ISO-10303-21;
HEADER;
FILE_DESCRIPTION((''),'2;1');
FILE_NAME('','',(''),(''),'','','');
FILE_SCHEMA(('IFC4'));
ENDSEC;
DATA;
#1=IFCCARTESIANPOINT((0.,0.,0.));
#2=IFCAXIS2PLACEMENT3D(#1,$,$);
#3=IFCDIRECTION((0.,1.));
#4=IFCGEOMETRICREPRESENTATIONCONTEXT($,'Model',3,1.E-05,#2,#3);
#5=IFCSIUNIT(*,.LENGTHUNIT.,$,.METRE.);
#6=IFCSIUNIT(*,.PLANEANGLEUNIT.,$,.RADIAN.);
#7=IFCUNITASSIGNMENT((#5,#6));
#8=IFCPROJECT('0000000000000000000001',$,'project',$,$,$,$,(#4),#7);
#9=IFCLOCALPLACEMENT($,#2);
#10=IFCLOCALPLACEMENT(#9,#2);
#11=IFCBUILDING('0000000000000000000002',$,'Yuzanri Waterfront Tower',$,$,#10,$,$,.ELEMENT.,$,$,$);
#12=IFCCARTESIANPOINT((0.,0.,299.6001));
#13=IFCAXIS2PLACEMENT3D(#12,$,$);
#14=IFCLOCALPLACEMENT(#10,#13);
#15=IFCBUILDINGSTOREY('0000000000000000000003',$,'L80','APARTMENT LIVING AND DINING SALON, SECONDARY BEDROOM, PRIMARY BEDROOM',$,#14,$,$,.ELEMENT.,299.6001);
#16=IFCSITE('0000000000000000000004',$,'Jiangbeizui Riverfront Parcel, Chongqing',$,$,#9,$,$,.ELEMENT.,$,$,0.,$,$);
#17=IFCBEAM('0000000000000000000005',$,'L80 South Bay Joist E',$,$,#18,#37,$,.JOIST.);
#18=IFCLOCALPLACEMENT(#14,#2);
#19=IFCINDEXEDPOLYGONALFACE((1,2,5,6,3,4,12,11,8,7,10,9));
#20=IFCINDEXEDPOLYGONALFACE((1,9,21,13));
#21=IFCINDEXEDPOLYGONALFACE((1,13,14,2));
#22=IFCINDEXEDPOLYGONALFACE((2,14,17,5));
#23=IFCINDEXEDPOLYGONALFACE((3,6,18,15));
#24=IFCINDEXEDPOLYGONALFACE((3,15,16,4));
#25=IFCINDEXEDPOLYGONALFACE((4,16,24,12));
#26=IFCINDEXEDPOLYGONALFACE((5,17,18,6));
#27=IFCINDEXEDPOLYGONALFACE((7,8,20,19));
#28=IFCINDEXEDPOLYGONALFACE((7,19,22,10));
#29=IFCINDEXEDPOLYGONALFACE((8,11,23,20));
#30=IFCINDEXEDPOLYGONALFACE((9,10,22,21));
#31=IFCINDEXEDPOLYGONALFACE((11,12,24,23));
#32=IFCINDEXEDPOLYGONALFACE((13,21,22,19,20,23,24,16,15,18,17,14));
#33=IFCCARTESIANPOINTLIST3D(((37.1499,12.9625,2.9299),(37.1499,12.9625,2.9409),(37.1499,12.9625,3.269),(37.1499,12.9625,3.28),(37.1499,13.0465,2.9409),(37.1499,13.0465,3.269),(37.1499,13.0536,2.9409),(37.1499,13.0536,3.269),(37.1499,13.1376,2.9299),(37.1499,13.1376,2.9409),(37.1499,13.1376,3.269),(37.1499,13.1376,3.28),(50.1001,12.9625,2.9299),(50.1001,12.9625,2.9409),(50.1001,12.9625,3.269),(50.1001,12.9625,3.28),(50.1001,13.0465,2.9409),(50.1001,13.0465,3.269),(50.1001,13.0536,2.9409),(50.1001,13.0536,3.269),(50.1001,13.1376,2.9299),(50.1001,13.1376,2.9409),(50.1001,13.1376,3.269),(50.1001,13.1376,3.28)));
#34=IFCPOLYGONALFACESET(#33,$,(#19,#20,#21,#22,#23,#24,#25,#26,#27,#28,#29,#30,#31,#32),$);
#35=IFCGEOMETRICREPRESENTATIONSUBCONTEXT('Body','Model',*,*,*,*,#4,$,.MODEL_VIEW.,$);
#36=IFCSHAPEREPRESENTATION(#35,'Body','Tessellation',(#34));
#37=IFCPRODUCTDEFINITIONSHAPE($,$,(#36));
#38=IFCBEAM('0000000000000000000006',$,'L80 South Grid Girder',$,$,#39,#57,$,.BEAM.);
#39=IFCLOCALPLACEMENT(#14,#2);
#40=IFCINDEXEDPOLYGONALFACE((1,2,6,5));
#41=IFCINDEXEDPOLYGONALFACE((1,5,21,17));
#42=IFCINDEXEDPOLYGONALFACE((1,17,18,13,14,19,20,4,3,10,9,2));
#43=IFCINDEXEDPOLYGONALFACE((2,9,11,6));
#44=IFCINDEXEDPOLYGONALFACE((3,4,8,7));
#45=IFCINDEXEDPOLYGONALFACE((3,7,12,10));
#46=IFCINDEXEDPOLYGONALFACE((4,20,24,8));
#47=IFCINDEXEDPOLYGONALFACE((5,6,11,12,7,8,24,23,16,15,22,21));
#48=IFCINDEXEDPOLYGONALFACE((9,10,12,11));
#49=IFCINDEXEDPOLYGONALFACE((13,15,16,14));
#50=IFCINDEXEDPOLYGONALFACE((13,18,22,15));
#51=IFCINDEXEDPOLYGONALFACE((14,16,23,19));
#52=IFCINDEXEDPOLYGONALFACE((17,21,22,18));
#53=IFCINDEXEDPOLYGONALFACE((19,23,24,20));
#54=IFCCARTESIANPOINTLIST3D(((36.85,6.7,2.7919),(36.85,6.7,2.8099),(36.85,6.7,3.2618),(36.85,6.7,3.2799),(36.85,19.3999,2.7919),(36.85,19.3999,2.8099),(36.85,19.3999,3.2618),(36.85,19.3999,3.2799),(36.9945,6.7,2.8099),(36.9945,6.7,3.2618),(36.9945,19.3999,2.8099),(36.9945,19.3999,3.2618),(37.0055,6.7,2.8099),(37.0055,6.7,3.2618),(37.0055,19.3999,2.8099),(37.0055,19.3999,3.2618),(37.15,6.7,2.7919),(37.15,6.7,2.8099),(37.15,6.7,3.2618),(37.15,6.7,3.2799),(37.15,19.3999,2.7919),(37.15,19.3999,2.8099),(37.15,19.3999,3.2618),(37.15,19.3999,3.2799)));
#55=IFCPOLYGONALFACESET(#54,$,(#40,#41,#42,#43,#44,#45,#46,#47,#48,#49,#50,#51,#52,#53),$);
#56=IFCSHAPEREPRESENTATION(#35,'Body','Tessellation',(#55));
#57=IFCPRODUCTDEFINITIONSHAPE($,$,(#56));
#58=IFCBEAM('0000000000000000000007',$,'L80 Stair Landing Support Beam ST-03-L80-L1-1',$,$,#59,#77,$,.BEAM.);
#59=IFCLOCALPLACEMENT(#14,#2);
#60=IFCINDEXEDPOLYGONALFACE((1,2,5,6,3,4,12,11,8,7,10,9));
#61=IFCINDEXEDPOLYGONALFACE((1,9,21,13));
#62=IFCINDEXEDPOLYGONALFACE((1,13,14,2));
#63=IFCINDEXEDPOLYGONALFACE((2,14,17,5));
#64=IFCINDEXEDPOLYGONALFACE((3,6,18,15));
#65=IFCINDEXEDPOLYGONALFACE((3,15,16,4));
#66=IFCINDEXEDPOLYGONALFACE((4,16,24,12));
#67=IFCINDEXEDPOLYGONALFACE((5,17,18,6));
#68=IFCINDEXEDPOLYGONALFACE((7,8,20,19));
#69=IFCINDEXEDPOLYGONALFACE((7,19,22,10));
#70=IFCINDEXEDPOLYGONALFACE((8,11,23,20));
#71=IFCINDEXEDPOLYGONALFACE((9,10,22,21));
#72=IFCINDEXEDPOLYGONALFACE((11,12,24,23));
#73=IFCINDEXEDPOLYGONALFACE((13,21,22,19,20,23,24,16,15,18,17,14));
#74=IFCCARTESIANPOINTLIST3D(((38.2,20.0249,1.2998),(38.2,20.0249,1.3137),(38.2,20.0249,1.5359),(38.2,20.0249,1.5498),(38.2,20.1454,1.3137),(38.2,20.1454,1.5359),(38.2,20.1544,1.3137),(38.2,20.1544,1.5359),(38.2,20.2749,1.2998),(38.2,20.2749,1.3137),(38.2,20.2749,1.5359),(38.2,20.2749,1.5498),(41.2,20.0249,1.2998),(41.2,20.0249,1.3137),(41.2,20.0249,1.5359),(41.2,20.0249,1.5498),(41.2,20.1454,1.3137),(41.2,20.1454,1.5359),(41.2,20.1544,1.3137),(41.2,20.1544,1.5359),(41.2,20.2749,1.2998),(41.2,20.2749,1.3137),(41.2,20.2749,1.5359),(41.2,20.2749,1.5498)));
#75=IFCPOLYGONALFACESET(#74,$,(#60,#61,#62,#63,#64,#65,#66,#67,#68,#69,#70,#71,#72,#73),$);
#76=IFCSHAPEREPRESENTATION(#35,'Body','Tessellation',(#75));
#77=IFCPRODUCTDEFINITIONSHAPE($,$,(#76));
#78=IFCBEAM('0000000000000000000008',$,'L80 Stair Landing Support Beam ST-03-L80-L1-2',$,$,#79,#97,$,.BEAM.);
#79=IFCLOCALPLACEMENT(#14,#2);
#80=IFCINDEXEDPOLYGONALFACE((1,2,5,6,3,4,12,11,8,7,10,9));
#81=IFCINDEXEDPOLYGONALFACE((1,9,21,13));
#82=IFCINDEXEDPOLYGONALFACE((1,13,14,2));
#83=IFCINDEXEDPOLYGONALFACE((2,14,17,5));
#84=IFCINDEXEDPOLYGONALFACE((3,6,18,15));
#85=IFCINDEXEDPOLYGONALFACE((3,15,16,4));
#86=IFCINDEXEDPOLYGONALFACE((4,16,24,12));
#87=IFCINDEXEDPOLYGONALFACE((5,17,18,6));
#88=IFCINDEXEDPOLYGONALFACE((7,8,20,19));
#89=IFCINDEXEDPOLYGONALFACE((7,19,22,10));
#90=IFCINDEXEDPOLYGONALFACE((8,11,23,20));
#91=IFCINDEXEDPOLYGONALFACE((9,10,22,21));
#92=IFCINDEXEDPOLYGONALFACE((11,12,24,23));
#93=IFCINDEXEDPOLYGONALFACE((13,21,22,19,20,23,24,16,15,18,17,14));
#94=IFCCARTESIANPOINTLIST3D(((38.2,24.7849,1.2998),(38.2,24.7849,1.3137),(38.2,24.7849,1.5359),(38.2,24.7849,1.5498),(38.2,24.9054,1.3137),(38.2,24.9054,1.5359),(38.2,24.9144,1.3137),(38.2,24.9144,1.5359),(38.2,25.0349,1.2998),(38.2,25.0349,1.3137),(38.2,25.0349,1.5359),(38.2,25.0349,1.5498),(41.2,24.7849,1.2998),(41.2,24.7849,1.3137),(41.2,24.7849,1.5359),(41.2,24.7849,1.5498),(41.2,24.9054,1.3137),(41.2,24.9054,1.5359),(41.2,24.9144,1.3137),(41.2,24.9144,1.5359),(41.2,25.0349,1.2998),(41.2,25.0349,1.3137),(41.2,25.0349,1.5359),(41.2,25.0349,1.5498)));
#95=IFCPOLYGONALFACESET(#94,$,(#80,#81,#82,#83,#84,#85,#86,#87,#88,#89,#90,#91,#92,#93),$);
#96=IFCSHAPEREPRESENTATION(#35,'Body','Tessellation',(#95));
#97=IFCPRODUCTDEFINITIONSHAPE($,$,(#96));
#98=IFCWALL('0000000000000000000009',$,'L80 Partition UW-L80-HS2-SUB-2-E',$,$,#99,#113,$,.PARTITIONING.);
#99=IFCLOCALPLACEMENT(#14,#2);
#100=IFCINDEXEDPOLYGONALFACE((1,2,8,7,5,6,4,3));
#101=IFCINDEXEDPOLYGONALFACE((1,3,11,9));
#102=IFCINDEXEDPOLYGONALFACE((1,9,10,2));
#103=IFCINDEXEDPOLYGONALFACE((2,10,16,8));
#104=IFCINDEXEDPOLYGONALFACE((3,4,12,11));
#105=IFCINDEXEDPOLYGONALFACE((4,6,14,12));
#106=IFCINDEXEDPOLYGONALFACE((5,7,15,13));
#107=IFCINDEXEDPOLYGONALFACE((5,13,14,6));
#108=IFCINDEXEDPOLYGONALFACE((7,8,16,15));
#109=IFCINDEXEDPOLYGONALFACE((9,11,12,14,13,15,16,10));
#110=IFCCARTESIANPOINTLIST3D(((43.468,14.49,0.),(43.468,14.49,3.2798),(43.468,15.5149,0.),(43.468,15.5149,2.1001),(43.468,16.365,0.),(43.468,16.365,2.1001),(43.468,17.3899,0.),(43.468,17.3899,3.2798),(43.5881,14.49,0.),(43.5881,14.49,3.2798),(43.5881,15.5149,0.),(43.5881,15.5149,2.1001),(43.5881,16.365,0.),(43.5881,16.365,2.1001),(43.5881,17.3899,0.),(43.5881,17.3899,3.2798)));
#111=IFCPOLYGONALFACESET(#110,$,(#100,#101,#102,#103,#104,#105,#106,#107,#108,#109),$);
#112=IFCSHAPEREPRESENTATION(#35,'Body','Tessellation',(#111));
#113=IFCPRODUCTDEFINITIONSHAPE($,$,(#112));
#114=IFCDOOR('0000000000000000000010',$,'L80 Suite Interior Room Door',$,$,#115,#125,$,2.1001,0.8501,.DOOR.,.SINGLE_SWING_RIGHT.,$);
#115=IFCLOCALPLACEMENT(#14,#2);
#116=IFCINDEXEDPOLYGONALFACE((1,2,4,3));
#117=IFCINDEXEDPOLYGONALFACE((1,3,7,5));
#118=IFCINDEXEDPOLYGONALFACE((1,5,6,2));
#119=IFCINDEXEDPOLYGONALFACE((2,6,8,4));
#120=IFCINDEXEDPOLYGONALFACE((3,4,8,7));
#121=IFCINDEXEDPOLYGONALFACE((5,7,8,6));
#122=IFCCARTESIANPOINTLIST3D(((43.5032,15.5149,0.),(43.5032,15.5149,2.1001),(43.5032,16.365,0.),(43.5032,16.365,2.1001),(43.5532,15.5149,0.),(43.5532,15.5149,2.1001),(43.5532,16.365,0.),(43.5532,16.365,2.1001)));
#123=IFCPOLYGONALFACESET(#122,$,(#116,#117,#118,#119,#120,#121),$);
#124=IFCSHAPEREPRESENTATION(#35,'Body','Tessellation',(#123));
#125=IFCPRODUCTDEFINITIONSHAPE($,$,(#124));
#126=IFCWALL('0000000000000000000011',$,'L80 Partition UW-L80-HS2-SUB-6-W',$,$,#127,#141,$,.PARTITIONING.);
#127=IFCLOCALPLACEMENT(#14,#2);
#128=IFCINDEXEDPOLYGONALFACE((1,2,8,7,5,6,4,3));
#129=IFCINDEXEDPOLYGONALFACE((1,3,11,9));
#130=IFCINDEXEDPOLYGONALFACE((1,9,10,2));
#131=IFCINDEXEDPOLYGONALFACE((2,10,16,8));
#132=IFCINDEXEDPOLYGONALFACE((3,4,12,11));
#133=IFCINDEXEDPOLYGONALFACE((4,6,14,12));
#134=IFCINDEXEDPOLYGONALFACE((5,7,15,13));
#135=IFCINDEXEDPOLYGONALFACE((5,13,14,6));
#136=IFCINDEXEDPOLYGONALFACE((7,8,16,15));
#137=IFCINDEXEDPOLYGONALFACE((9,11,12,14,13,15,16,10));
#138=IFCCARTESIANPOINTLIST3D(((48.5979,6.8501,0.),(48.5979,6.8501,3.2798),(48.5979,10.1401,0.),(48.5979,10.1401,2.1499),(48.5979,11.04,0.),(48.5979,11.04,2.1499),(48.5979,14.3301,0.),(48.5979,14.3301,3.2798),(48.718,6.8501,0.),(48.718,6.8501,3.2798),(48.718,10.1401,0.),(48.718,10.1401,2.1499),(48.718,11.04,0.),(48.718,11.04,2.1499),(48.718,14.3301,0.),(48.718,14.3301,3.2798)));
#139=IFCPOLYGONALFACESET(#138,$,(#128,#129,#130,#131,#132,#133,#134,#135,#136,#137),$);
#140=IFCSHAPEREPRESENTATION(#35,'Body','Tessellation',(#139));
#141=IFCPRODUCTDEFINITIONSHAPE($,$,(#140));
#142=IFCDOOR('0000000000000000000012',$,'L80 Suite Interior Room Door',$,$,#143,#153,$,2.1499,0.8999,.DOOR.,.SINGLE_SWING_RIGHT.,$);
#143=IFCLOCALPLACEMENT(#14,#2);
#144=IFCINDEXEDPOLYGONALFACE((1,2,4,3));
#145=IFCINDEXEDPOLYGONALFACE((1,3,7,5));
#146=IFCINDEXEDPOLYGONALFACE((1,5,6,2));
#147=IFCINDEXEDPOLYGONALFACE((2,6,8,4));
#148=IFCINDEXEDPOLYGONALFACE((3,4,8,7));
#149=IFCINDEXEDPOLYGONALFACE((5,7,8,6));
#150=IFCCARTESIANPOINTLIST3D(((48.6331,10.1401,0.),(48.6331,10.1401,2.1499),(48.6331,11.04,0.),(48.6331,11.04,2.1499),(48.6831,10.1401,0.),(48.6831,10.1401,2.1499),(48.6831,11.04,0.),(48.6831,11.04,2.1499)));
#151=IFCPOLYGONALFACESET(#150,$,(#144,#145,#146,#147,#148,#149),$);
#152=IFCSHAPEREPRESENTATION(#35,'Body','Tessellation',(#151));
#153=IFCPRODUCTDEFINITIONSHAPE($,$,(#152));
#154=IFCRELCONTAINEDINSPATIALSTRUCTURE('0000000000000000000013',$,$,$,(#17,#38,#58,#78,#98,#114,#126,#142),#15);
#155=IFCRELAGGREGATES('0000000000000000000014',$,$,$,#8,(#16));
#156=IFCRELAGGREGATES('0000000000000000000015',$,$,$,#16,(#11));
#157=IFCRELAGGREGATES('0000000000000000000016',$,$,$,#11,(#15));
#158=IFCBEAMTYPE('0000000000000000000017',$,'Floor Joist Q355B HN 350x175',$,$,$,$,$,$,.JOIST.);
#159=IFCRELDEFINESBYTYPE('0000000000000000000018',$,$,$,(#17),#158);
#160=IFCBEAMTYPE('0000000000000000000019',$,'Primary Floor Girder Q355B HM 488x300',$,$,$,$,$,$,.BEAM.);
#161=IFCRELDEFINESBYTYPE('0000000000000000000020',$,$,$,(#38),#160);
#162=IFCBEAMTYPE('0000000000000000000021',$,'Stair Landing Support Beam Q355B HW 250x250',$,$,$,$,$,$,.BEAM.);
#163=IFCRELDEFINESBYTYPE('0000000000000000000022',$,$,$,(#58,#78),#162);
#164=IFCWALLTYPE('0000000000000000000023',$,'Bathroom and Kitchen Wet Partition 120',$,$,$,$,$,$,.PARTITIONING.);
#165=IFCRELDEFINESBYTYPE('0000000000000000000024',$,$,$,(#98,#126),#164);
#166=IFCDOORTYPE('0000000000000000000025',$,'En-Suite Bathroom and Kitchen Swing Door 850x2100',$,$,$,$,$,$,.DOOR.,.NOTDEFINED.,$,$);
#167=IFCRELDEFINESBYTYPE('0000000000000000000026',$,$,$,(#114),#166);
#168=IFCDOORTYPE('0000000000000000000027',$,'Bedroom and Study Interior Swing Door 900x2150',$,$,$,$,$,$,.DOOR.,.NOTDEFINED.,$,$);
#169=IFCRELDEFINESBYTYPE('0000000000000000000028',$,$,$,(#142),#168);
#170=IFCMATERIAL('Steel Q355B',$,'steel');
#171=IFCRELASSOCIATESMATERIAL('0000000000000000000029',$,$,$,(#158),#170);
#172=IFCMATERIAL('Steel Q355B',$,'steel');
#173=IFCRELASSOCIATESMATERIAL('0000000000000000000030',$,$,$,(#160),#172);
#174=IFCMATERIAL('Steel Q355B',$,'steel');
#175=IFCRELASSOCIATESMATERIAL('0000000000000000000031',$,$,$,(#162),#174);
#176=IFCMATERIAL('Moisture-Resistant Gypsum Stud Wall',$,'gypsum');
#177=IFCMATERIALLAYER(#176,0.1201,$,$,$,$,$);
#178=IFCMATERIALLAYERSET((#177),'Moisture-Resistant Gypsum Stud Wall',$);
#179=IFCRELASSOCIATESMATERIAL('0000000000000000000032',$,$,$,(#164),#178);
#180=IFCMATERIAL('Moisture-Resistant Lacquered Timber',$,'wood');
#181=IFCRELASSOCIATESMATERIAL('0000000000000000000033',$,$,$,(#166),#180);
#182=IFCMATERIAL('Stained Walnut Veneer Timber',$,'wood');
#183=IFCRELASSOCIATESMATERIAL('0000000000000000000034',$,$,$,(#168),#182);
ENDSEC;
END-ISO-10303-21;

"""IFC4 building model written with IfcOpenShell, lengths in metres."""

from ifc_helpers import new_model, si_unit, direction, frame, frame_2d, origin, origin_2d, place, context, subcontext, project, spatial, rectangle, i_section, extrude, source, transform, mapped, material, layer, layer_set, material_profile, profile_set, type_object, element, fill, save


model = new_model("IFC4")

# Units and contexts
model_context = context("Model", 3, precision=1e-05, world=origin(), true_north=direction((0.0, 1.0)))
body_context = subcontext(model_context, "Body", "Model", "MODEL_VIEW")
ifc_project = project(units=[si_unit("LENGTHUNIT", "METRE"), si_unit("PLANEANGLEUNIT", "RADIAN")], contexts=[model_context])

# Site, building, storey
site_placement = place(None, origin())
site = spatial("IfcSite", under=ifc_project, at=site_placement, Name="Jiangbeizui Riverfront Parcel, Chongqing", CompositionType="ELEMENT", RefElevation=0.0)
building_placement = place(site_placement, origin())
building = spatial("IfcBuilding", under=site, at=building_placement, Name="Yuzanri Waterfront Tower", CompositionType="ELEMENT")
storey_placement = place(building_placement, frame((0.0, 0.0, 299.6001)))
storey = spatial("IfcBuildingStorey", under=building, at=storey_placement, Name="L80", Description="APARTMENT LIVING AND DINING SALON, SECONDARY BEDROOM, PRIMARY BEDROOM", CompositionType="ELEMENT", Elevation=299.6001)

# Beams
ifc_material_1 = material(Name="Steel Q355B", Category="steel")
ifc_material_profile_1 = material_profile(ifc_material_1, i_section(OverallWidth=0.175, OverallDepth=0.3501, WebThickness=0.0071, FlangeThickness=0.011, at=origin_2d()), Name="HN 350x175x7x11")
ifc_profile_set_1 = profile_set([ifc_material_profile_1], Name="Steel Q355B")
beam_type_1 = type_object("IfcBeamType", Name="Floor Joist Q355B HN 350x175", PredefinedType="JOIST", material=ifc_profile_set_1)
shared_shape_1 = source(origin(), body_context, "Body", "SweptSolid", [
    extrude(i_section(OverallWidth=0.175, OverallDepth=0.3501, WebThickness=0.0071, FlangeThickness=0.011, at=origin_2d()), origin(), (0.0, 0.0, 1.0), 12.9502),
])
beam_1_placement = place(storey_placement, frame((37.1499, 13.05, 3.105), z_axis=(1.0, 0.0, 0.0), x_axis=(0.0, 1.0, 0.0)))
element("IfcBeam", 1, at=beam_1_placement, inside=storey, type_object=beam_type_1, Name="L80 South Bay Joist E", PredefinedType="JOIST", context=body_context, shape_type="MappedRepresentation", body=[
    mapped(shared_shape_1, transform((0.0, 0.0, 0.0), scale=1.0)),
])
ifc_material_2 = material(Name="Steel Q355B", Category="steel")
ifc_material_profile_2 = material_profile(ifc_material_2, i_section(OverallWidth=0.3, OverallDepth=0.488, WebThickness=0.011, FlangeThickness=0.0181, at=origin_2d()), Name="HM 488x300x11x18")
ifc_profile_set_2 = profile_set([ifc_material_profile_2], Name="Steel Q355B")
beam_type_2 = type_object("IfcBeamType", Name="Primary Floor Girder Q355B HM 488x300", PredefinedType="BEAM", material=ifc_profile_set_2)
shared_shape_2 = source(origin(), body_context, "Body", "SweptSolid", [
    extrude(i_section(OverallWidth=0.3, OverallDepth=0.488, WebThickness=0.011, FlangeThickness=0.0181, at=origin_2d()), origin(), (0.0, 0.0, 1.0), 12.7),
])
beam_2_placement = place(storey_placement, frame((37.0, 19.3999, 3.0359), z_axis=(0.0, -1.0, 0.0), x_axis=(1.0, 0.0, 0.0)))
element("IfcBeam", 2, at=beam_2_placement, inside=storey, type_object=beam_type_2, Name="L80 South Grid Girder", PredefinedType="BEAM", context=body_context, shape_type="MappedRepresentation", body=[
    mapped(shared_shape_2, transform((0.0, 0.0, 0.0), scale=1.0)),
])
ifc_material_3 = material(Name="Steel Q355B", Category="steel")
ifc_material_profile_3 = material_profile(ifc_material_3, i_section(OverallWidth=0.25, OverallDepth=0.25, WebThickness=0.009, FlangeThickness=0.0139, at=origin_2d()), Name="HW 250x250x9x14")
ifc_profile_set_3 = profile_set([ifc_material_profile_3], Name="Steel Q355B")
beam_type_3 = type_object("IfcBeamType", Name="Stair Landing Support Beam Q355B HW 250x250", PredefinedType="BEAM", material=ifc_profile_set_3)
shared_shape_3 = source(origin(), body_context, "Body", "SweptSolid", [
    extrude(i_section(OverallWidth=0.25, OverallDepth=0.25, WebThickness=0.009, FlangeThickness=0.0139, at=origin_2d()), origin(), (0.0, 0.0, 1.0), 3.0),
])
for number, where, z_axis, x_axis, name in (
    (3, (38.2, 20.1499, 1.4248), (1.0, 0.0, 0.0), (0.0, 1.0, 0.0), "L80 Stair Landing Support Beam ST-03-L80-L1-1"),
    (4, (38.2, 24.9099, 1.4248), (1.0, 0.0, 0.0), (0.0, 1.0, 0.0), "L80 Stair Landing Support Beam ST-03-L80-L1-2"),
):
    element("IfcBeam", number, at=place(storey_placement, frame(where, z_axis=z_axis, x_axis=x_axis)), inside=storey, type_object=beam_type_3, Name=name, PredefinedType="BEAM", context=body_context, shape_type="MappedRepresentation", body=[
        mapped(shared_shape_3, transform((0.0, 0.0, 0.0), scale=1.0)),
    ])

# Walls, openings, doors
ifc_material_4 = material(Name="Moisture-Resistant Gypsum Stud Wall", Category="gypsum")
ifc_layer_1 = layer(ifc_material_4, 0.1201)
ifc_layer_set_1 = layer_set([ifc_layer_1], Name="Moisture-Resistant Gypsum Stud Wall")
wall_type_1 = type_object("IfcWallType", Name="Bathroom and Kitchen Wet Partition 120", PredefinedType="PARTITIONING", material=ifc_layer_set_1)
wall_1_placement = place(storey_placement, frame((43.5281, 14.49, 0.0), z_axis=(0.0, 0.0, 1.0), x_axis=(0.0, 1.0, 0.0)))
wall_1 = element("IfcWall", 5, at=wall_1_placement, inside=storey, type_object=wall_type_1, Name="L80 Partition UW-L80-HS2-SUB-2-E", PredefinedType="PARTITIONING", context=body_context, shape_type="SweptSolid", body=[
    extrude(rectangle(XDim=2.8999, YDim=0.1201, at=frame_2d((1.45, 0.0))), origin(), (0.0, 0.0, 1.0), 3.2798),
])
opening_1_placement = place(wall_1_placement, frame((1.0249, 0.0, 0.0)))
opening_1 = element("IfcOpeningElement", 6, at=opening_1_placement, cuts=wall_1, PredefinedType="OPENING", context=body_context, shape_type="SweptSolid", body=[
    extrude(rectangle(XDim=0.8501, YDim=2.1001, at=frame_2d((0.425, 1.05))), frame((0.0, 0.075, 0.0), z_axis=(0.0, -1.0, 0.0), x_axis=(1.0, 0.0, 0.0)), (0.0, 0.0, 1.0), 0.1499),
])
ifc_material_5 = material(Name="Moisture-Resistant Lacquered Timber", Category="wood")
door_type_1 = type_object("IfcDoorType", Name="En-Suite Bathroom and Kitchen Swing Door 850x2100", OperationType="NOTDEFINED", PredefinedType="DOOR", material=ifc_material_5)
shared_shape_4 = source(origin(), body_context, "Body", "SweptSolid", [
    extrude(rectangle(XDim=0.8501, YDim=2.1001, at=frame_2d((0.425, 1.05))), frame((0.0, 0.0249, 0.0), z_axis=(0.0, -1.0, 0.0), x_axis=(1.0, 0.0, 0.0)), (0.0, 0.0, 1.0), 0.05),
])
door_1_placement = place(opening_1_placement, origin())
door_1 = element("IfcDoor", 7, at=door_1_placement, inside=storey, type_object=door_type_1, Name="L80 Suite Interior Room Door", OperationType="SINGLE_SWING_RIGHT", OverallHeight=2.1001, OverallWidth=0.8501, PredefinedType="DOOR", context=body_context, shape_type="MappedRepresentation", body=[
    mapped(shared_shape_4, transform((0.0, 0.0, 0.0), scale=1.0)),
])
fill(opening_1, door_1)
wall_2_placement = place(storey_placement, frame((48.658, 6.8501, 0.0), z_axis=(0.0, 0.0, 1.0), x_axis=(0.0, 1.0, 0.0)))
wall_2 = element("IfcWall", 8, at=wall_2_placement, inside=storey, type_object=wall_type_1, Name="L80 Partition UW-L80-HS2-SUB-6-W", PredefinedType="PARTITIONING", context=body_context, shape_type="SweptSolid", body=[
    extrude(rectangle(XDim=7.48, YDim=0.1201, at=frame_2d((3.74, 0.0))), origin(), (0.0, 0.0, 1.0), 3.2798),
])
opening_2_placement = place(wall_2_placement, frame((3.29, 0.0, 0.0)))
opening_2 = element("IfcOpeningElement", 9, at=opening_2_placement, cuts=wall_2, PredefinedType="OPENING", context=body_context, shape_type="SweptSolid", body=[
    extrude(rectangle(XDim=0.8999, YDim=2.1499, at=frame_2d((0.45, 1.075))), frame((0.0, 0.075, 0.0), z_axis=(0.0, -1.0, 0.0), x_axis=(1.0, 0.0, 0.0)), (0.0, 0.0, 1.0), 0.1499),
])
ifc_material_6 = material(Name="Stained Walnut Veneer Timber", Category="wood")
door_type_2 = type_object("IfcDoorType", Name="Bedroom and Study Interior Swing Door 900x2150", OperationType="NOTDEFINED", PredefinedType="DOOR", material=ifc_material_6)
shared_shape_5 = source(origin(), body_context, "Body", "SweptSolid", [
    extrude(rectangle(XDim=0.8999, YDim=2.1499, at=frame_2d((0.45, 1.075))), frame((0.0, 0.0249, 0.0), z_axis=(0.0, -1.0, 0.0), x_axis=(1.0, 0.0, 0.0)), (0.0, 0.0, 1.0), 0.05),
])
door_2_placement = place(opening_2_placement, origin())
door_2 = element("IfcDoor", 10, at=door_2_placement, inside=storey, type_object=door_type_2, Name="L80 Suite Interior Room Door", OperationType="SINGLE_SWING_RIGHT", OverallHeight=2.1499, OverallWidth=0.8999, PredefinedType="DOOR", context=body_context, shape_type="MappedRepresentation", body=[
    mapped(shared_shape_5, transform((0.0, 0.0, 0.0), scale=1.0)),
])
fill(opening_2, door_2)

save(model, "model.ifc")
